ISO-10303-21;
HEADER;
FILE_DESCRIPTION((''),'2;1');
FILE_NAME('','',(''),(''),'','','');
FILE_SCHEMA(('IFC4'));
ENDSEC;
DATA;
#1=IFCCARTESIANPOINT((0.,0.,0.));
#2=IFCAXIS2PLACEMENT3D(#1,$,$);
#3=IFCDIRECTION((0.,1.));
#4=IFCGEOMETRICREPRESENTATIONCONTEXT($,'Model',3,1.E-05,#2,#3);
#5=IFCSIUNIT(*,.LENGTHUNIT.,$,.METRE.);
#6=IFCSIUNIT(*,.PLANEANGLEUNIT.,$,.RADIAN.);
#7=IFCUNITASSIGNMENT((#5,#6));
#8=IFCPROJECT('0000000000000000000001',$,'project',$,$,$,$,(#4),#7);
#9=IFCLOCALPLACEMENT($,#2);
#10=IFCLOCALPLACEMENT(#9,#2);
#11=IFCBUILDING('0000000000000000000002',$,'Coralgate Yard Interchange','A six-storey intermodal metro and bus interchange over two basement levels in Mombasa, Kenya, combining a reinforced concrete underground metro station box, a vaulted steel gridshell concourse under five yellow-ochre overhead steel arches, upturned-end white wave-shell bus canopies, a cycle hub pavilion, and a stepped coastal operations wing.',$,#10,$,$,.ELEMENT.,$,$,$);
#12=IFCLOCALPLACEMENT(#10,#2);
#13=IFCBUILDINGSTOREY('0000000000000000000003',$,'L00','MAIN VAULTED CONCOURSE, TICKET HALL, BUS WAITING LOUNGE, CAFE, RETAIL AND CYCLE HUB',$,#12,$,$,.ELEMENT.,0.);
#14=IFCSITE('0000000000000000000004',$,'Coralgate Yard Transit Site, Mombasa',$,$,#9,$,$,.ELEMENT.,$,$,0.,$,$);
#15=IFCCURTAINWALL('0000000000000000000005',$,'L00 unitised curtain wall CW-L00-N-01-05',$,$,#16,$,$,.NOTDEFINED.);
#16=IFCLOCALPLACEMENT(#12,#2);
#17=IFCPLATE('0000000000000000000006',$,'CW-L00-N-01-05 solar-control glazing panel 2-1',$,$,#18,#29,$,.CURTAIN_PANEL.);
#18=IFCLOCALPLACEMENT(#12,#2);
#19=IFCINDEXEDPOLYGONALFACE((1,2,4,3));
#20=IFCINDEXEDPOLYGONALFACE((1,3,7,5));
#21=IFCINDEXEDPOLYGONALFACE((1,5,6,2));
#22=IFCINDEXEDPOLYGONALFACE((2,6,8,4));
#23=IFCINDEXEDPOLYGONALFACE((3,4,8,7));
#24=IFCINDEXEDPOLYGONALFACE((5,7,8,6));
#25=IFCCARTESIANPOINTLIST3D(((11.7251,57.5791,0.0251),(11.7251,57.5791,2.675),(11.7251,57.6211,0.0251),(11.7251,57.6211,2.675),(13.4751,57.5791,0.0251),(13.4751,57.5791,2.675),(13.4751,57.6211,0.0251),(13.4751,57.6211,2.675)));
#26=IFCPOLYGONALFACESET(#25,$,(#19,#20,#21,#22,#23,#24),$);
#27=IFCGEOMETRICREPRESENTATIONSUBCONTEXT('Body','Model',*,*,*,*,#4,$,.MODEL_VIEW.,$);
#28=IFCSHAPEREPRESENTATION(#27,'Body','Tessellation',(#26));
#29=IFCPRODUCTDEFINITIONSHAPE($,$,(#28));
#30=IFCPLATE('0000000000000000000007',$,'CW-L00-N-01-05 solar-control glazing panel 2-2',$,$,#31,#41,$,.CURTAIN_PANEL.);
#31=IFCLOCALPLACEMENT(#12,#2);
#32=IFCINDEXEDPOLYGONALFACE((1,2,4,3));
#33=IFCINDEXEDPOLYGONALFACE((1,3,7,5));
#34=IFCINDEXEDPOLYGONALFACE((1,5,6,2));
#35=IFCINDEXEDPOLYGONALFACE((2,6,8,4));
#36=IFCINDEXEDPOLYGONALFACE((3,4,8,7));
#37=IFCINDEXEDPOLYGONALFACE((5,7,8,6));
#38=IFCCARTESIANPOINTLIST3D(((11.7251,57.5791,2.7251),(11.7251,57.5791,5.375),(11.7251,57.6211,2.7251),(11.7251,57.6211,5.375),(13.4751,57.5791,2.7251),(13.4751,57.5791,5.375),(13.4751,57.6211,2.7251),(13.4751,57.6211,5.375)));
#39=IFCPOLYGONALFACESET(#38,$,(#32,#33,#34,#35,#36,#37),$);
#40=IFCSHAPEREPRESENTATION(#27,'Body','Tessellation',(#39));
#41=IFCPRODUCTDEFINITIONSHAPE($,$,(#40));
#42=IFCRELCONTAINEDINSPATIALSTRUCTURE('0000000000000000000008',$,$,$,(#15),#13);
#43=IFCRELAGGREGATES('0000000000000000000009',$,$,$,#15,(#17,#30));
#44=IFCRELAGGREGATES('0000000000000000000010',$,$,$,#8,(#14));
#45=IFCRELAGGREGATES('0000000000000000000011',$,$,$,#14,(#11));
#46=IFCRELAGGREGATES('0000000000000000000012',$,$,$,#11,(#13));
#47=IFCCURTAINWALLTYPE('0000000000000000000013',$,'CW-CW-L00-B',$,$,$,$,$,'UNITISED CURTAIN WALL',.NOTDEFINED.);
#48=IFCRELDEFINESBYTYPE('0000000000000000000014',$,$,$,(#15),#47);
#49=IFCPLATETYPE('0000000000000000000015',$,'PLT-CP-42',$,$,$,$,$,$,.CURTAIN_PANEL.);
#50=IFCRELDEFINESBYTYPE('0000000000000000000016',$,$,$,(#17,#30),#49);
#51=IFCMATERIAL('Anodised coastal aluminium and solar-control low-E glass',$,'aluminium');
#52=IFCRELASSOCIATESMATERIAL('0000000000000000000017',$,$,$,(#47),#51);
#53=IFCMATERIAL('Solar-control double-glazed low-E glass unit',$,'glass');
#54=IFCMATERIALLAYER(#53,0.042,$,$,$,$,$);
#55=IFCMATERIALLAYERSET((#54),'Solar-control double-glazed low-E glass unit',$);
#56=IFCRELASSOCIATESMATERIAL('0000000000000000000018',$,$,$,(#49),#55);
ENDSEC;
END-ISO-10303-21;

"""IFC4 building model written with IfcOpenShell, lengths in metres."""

from ifc_helpers import new_model, si_unit, direction, frame, origin, origin_2d, place, context, subcontext, project, spatial, rectangle, extrude, material, layer, layer_set, type_object, element, aggregate, save


model = new_model("IFC4")

# Units and contexts
model_context = context("Model", 3, precision=1e-05, world=origin(), true_north=direction((0.0, 1.0)))
body_context = subcontext(model_context, "Body", "Model", "MODEL_VIEW")
ifc_project = project(units=[si_unit("LENGTHUNIT", "METRE"), si_unit("PLANEANGLEUNIT", "RADIAN")], contexts=[model_context])

# Site, building, storey
site_placement = place(None, origin())
site = spatial("IfcSite", under=ifc_project, at=site_placement, Name="Coralgate Yard Transit Site, Mombasa", CompositionType="ELEMENT", RefElevation=0.0)
building_placement = place(site_placement, origin())
building = spatial("IfcBuilding", under=site, at=building_placement, Name="Coralgate Yard Interchange", Description="A six-storey intermodal metro and bus interchange over two basement levels in Mombasa, Kenya, combining a reinforced concrete underground metro station box, a vaulted steel gridshell concourse under five yellow-ochre overhead steel arches, upturned-end white wave-shell bus canopies, a cycle hub pavilion, and a stepped coastal operations wing.", CompositionType="ELEMENT")
storey_placement = place(building_placement, origin())
storey = spatial("IfcBuildingStorey", under=building, at=storey_placement, Name="L00", Description="MAIN VAULTED CONCOURSE, TICKET HALL, BUS WAITING LOUNGE, CAFE, RETAIL AND CYCLE HUB", CompositionType="ELEMENT", Elevation=0.0)

# Shared definitions
ifc_material_1 = material(Name="Anodised coastal aluminium and solar-control low-E glass", Category="aluminium")
curtain_wall_type = type_object("IfcCurtainWallType", Name="CW-CW-L00-B", ElementType="UNITISED CURTAIN WALL", PredefinedType="NOTDEFINED", material=ifc_material_1)

# Curtain wall
curtain_wall_1_placement = place(storey_placement, origin())
curtain_wall_1 = element("IfcCurtainWall", 1, at=curtain_wall_1_placement, inside=storey, type_object=curtain_wall_type, Name="L00 unitised curtain wall CW-L00-N-01-05", PredefinedType="NOTDEFINED")

# Plates
ifc_material_2 = material(Name="Solar-control double-glazed low-E glass unit", Category="glass")
ifc_layer = layer(ifc_material_2, 0.042)
ifc_layer_set = layer_set([ifc_layer], Name="Solar-control double-glazed low-E glass unit")
plate_type = type_object("IfcPlateType", Name="PLT-CP-42", PredefinedType="CURTAIN_PANEL", material=ifc_layer_set)
plate_1_placement = place(storey_placement, frame((12.6001, 57.6001, 0.0251), z_axis=(0.0, 0.0, 1.0), x_axis=(1.0, 0.0, 0.0)))
plate_1 = element("IfcPlate", 2, at=plate_1_placement, type_object=plate_type, Name="CW-L00-N-01-05 solar-control glazing panel 2-1", PredefinedType="CURTAIN_PANEL", context=body_context, shape_type="SweptSolid", body=[
    extrude(rectangle(XDim=1.75, YDim=0.042, at=origin_2d()), origin(), (0.0, 0.0, 1.0), 2.6499),
])
plate_2_placement = place(storey_placement, frame((12.6001, 57.6001, 2.7251), z_axis=(0.0, 0.0, 1.0), x_axis=(1.0, 0.0, 0.0)))
plate_2 = element("IfcPlate", 3, at=plate_2_placement, type_object=plate_type, Name="CW-L00-N-01-05 solar-control glazing panel 2-2", PredefinedType="CURTAIN_PANEL", context=body_context, shape_type="SweptSolid", body=[
    extrude(rectangle(XDim=1.75, YDim=0.042, at=origin_2d()), origin(), (0.0, 0.0, 1.0), 2.6499),
])
aggregate(curtain_wall_1, [plate_1, plate_2])

save(model, "model.ifc")
